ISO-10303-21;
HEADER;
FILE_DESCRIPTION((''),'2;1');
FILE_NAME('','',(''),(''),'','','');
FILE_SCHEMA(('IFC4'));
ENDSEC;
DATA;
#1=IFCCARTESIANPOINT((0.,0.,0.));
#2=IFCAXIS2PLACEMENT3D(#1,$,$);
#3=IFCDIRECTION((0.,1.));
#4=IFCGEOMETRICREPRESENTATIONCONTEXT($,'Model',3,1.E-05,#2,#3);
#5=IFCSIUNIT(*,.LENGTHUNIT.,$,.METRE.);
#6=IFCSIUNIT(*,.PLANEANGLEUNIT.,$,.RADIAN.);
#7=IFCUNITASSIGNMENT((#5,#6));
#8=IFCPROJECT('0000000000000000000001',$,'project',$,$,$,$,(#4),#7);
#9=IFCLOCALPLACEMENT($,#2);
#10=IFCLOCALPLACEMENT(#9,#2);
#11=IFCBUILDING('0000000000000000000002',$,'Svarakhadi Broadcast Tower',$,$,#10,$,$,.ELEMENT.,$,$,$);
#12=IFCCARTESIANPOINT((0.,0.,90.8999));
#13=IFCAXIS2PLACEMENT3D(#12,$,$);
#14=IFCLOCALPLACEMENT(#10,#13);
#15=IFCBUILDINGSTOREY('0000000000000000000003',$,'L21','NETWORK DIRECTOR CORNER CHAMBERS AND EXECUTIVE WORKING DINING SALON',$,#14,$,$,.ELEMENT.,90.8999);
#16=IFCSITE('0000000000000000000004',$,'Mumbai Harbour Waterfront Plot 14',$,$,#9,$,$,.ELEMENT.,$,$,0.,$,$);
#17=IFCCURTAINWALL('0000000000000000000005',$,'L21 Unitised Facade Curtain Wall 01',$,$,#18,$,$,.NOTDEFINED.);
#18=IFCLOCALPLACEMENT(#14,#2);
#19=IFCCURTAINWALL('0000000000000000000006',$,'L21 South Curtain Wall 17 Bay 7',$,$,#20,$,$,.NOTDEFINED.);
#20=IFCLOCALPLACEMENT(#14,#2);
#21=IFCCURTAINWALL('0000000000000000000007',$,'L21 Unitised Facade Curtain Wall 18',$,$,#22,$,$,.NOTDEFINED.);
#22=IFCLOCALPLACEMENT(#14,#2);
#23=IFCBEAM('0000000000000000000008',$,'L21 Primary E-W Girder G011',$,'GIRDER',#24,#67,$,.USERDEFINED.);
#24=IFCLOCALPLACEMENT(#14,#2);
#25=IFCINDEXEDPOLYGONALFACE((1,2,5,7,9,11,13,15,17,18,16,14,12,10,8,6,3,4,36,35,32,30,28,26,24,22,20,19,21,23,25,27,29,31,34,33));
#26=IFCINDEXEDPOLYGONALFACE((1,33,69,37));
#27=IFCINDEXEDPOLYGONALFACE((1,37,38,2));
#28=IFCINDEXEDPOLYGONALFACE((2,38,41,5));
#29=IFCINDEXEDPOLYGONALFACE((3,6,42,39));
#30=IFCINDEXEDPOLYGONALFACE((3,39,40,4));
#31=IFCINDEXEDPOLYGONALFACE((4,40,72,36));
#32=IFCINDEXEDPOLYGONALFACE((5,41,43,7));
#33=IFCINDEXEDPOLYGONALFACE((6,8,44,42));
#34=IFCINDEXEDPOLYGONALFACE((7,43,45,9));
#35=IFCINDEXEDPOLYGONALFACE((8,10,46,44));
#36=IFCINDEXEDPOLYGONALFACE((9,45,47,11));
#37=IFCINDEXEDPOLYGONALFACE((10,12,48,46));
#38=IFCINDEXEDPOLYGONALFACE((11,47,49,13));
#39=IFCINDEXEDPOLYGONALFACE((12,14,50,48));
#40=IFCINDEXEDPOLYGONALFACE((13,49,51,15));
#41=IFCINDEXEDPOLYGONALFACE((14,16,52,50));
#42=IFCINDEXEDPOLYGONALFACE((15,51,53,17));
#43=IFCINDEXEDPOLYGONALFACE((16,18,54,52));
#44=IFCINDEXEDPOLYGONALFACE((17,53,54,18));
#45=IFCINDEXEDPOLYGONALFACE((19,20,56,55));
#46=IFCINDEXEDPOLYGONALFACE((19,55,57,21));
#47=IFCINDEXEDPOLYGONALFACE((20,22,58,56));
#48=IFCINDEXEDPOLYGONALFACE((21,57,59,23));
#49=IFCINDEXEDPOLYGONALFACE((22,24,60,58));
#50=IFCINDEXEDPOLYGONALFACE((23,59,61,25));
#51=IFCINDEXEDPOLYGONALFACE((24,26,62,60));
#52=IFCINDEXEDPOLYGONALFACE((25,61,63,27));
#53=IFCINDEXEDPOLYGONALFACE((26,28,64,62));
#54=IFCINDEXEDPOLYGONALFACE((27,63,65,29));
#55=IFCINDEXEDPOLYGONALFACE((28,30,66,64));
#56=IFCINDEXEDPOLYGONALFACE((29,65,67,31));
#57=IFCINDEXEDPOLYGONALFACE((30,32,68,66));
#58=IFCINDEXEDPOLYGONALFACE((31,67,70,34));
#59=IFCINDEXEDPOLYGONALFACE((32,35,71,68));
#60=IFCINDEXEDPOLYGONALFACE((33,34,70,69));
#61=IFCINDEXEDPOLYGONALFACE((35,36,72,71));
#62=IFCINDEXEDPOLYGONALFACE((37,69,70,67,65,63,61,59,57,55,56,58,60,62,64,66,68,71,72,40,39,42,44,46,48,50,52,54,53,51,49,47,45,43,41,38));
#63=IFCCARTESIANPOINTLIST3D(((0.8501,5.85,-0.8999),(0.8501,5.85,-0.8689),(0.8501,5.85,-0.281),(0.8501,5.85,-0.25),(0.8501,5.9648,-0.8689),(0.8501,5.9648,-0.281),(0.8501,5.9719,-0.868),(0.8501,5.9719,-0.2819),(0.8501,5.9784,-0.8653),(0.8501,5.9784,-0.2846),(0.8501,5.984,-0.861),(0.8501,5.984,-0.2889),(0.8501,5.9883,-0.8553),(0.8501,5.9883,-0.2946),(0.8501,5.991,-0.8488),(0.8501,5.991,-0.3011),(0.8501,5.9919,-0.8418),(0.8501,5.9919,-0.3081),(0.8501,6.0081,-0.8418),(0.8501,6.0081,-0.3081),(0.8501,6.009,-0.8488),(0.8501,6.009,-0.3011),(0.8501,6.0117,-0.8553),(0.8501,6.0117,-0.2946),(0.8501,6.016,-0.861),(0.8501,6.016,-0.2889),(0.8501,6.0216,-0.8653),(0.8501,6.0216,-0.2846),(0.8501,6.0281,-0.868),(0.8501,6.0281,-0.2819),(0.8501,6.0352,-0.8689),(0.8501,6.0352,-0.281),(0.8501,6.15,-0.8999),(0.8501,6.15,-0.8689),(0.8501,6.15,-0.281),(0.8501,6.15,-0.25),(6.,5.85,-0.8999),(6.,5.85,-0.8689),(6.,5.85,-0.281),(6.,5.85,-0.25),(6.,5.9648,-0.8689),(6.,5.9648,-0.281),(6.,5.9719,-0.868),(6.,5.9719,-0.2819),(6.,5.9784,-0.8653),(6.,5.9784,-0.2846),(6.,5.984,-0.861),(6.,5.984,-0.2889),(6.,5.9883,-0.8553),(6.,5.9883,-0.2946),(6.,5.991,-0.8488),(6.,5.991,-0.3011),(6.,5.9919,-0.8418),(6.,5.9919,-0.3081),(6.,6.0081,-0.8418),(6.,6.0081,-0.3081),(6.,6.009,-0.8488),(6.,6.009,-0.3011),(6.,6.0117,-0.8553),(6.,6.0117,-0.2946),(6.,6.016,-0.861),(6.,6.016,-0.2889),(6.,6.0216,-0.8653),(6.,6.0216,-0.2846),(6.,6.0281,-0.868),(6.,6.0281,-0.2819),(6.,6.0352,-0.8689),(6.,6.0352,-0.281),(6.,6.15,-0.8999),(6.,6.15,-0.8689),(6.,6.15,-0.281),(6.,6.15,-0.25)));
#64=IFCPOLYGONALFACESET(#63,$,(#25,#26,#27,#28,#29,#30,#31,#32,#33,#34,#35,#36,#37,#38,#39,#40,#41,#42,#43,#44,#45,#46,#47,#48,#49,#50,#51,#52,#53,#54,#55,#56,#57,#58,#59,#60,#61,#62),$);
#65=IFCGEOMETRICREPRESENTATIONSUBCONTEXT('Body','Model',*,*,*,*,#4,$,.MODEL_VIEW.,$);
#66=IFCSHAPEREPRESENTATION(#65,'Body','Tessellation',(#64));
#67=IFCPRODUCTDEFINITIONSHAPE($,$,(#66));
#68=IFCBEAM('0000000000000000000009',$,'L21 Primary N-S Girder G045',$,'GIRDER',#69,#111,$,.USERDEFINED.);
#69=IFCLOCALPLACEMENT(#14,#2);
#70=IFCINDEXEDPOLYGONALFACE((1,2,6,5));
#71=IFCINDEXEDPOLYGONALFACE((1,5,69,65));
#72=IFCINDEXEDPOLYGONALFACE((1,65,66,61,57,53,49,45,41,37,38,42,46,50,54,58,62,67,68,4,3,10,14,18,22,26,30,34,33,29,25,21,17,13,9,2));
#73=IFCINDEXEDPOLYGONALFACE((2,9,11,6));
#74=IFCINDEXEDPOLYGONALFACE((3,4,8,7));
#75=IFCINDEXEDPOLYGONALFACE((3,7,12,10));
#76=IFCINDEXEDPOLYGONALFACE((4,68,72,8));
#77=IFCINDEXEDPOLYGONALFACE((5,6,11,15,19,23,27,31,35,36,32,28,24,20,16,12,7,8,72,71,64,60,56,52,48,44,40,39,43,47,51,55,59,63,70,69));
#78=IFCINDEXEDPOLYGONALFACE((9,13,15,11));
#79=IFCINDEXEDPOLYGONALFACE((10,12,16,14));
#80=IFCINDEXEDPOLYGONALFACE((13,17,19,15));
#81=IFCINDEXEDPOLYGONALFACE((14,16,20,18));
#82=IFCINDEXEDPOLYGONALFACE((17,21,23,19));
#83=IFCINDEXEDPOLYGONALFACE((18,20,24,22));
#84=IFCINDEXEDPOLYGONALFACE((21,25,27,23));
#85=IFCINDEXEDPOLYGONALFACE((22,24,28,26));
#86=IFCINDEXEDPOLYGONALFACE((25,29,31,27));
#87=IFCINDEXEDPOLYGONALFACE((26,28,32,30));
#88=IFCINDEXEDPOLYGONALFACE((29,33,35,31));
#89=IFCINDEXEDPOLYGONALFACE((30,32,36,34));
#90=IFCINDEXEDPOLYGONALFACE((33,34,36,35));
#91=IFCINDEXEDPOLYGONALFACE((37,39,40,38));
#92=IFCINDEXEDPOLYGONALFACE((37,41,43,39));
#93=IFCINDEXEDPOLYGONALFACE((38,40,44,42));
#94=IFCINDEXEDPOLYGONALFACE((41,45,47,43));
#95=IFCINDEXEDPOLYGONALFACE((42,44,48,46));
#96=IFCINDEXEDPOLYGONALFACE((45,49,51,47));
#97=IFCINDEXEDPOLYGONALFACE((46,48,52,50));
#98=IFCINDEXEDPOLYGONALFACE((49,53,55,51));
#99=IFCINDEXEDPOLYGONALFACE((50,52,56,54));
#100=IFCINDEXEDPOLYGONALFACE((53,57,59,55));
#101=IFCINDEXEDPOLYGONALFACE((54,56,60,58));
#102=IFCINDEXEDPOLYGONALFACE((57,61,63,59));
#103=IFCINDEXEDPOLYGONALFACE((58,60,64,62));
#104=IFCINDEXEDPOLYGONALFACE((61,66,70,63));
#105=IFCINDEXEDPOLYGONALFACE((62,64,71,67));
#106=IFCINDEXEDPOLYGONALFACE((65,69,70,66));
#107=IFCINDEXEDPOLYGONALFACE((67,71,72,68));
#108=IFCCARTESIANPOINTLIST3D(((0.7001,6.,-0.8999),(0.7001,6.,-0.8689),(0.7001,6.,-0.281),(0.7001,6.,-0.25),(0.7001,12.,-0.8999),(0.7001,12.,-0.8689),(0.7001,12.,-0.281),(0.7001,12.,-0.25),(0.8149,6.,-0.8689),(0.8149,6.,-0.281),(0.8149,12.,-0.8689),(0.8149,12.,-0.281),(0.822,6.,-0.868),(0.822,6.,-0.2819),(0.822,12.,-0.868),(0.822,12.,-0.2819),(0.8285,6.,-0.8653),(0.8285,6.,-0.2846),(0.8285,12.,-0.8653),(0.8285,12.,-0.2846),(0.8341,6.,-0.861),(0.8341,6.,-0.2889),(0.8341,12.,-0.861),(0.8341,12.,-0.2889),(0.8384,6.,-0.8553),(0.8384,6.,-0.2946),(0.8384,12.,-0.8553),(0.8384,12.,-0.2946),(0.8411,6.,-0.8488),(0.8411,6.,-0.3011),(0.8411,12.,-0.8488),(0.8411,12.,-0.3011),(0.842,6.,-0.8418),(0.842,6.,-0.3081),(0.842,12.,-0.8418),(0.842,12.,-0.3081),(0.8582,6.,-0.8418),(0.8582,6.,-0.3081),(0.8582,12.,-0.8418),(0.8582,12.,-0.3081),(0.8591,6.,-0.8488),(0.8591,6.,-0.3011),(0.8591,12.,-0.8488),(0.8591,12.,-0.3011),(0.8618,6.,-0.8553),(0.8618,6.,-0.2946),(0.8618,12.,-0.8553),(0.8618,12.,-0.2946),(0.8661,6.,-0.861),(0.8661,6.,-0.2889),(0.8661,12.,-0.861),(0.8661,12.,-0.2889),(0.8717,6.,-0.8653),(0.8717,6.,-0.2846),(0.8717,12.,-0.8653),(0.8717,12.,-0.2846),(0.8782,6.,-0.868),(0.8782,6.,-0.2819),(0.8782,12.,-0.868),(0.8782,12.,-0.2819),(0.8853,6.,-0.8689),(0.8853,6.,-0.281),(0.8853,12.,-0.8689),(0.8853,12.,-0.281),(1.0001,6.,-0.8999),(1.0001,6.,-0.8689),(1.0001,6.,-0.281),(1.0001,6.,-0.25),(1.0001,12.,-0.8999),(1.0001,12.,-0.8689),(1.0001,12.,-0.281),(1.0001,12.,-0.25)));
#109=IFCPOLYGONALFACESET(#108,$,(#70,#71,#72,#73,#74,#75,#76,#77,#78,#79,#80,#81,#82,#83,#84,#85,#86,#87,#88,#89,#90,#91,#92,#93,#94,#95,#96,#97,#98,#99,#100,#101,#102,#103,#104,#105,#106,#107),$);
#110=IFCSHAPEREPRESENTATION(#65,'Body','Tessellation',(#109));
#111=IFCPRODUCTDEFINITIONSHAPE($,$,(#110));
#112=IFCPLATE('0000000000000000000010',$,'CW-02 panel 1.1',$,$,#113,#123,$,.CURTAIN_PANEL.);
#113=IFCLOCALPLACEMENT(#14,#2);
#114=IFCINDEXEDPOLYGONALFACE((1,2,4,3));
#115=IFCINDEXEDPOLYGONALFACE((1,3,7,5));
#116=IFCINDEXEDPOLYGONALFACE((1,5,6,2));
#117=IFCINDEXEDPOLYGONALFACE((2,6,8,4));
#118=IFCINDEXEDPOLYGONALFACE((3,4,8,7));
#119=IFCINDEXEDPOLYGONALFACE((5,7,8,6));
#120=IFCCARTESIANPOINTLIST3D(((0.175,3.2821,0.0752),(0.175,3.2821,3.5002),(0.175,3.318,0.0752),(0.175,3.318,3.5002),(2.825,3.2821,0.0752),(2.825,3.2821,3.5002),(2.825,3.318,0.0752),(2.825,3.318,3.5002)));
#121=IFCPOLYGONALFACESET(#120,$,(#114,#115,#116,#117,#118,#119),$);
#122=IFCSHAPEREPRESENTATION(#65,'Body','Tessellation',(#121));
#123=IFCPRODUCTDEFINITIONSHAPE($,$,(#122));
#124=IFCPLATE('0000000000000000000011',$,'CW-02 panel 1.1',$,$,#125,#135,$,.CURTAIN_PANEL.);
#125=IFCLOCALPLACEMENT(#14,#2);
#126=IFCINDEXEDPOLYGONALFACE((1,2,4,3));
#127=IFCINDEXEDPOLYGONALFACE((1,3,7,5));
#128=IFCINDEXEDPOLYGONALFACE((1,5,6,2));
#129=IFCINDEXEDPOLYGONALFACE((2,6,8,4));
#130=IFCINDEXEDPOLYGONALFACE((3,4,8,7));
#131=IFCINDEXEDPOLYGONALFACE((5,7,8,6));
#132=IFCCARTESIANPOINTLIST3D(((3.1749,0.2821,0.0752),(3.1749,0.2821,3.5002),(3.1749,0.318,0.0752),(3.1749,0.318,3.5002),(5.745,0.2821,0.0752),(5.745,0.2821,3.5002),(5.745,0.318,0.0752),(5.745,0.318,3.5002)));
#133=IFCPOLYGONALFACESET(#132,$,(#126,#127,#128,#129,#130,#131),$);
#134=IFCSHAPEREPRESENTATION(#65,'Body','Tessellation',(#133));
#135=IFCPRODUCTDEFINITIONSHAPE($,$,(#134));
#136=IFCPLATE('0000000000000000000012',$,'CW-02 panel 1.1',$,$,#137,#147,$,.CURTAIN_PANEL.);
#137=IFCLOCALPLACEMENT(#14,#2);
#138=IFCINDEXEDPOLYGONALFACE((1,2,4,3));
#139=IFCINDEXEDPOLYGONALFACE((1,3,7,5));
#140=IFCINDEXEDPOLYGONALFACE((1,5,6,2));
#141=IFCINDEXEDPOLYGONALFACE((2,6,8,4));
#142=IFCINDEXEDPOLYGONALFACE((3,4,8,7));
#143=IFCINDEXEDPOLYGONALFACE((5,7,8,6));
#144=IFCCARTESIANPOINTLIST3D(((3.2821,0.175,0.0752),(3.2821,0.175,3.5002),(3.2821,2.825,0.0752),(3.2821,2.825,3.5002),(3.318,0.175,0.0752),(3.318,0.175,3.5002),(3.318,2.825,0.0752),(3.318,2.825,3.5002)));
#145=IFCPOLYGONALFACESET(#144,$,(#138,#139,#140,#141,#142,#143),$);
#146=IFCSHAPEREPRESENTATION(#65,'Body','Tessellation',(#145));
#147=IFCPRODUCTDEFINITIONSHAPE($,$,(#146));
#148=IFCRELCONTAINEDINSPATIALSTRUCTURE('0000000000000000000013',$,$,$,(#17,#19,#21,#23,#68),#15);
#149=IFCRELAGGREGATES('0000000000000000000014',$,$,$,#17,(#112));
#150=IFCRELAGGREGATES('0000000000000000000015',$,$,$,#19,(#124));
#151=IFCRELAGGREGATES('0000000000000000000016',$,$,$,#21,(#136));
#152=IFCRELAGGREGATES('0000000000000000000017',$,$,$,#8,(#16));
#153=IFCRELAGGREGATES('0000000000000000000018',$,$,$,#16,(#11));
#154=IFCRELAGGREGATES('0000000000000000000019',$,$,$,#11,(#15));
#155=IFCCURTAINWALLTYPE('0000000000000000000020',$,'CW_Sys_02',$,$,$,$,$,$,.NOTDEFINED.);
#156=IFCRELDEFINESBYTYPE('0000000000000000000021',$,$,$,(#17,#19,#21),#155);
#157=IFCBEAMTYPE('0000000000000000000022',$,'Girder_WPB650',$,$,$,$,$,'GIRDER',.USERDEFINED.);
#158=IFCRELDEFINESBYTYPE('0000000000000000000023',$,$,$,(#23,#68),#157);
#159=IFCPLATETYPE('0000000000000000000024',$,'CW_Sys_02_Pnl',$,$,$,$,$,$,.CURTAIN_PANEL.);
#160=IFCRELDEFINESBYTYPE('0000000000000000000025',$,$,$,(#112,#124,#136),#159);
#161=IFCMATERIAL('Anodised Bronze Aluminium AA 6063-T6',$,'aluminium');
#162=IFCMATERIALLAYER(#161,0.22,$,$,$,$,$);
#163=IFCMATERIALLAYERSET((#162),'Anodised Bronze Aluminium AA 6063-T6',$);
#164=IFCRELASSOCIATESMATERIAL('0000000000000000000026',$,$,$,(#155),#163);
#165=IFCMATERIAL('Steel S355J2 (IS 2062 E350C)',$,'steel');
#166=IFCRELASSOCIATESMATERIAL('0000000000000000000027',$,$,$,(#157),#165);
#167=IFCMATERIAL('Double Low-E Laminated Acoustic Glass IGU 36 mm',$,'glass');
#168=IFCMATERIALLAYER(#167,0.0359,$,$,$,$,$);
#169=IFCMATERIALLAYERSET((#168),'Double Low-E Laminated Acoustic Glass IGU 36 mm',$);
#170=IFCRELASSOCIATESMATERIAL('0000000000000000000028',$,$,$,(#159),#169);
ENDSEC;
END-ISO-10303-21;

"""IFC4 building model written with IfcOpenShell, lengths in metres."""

from ifc_helpers import new_model, si_unit, direction, frame, origin, origin_2d, place, context, subcontext, project, spatial, rectangle, i_section, extrude, material, layer, layer_set, material_profile, profile_set, type_object, element, aggregate, save


model = new_model("IFC4")

# Units and contexts
model_context = context("Model", 3, precision=1e-05, world=origin(), true_north=direction((0.0, 1.0)))
body_context = subcontext(model_context, "Body", "Model", "MODEL_VIEW")
ifc_project = project(units=[si_unit("LENGTHUNIT", "METRE"), si_unit("PLANEANGLEUNIT", "RADIAN")], contexts=[model_context])

# Site, building, storey
site_placement = place(None, origin())
site = spatial("IfcSite", under=ifc_project, at=site_placement, Name="Mumbai Harbour Waterfront Plot 14", CompositionType="ELEMENT", RefElevation=0.0)
building_placement = place(site_placement, origin())
building = spatial("IfcBuilding", under=site, at=building_placement, Name="Svarakhadi Broadcast Tower", CompositionType="ELEMENT")
storey_placement = place(building_placement, frame((0.0, 0.0, 90.8999)))
storey = spatial("IfcBuildingStorey", under=building, at=storey_placement, Name="L21", Description="NETWORK DIRECTOR CORNER CHAMBERS AND EXECUTIVE WORKING DINING SALON", CompositionType="ELEMENT", Elevation=90.8999)

# Curtain wall
ifc_material_1 = material(Name="Anodised Bronze Aluminium AA 6063-T6", Category="aluminium")
ifc_layer_1 = layer(ifc_material_1, 0.22)
ifc_layer_set_1 = layer_set([ifc_layer_1], Name="Anodised Bronze Aluminium AA 6063-T6")
curtain_wall_type = type_object("IfcCurtainWallType", Name="CW_Sys_02", PredefinedType="NOTDEFINED", material=ifc_layer_set_1)
curtain_wall_1_placement = place(storey_placement, origin())
curtain_wall_1 = element("IfcCurtainWall", 1, at=curtain_wall_1_placement, inside=storey, type_object=curtain_wall_type, Name="L21 Unitised Facade Curtain Wall 01", PredefinedType="NOTDEFINED")

# Curtain walls
curtain_wall_2_placement = place(storey_placement, origin())
curtain_wall_2 = element("IfcCurtainWall", 2, at=curtain_wall_2_placement, inside=storey, type_object=curtain_wall_type, Name="L21 South Curtain Wall 17 Bay 7", PredefinedType="NOTDEFINED")
curtain_wall_3_placement = place(storey_placement, origin())
curtain_wall_3 = element("IfcCurtainWall", 3, at=curtain_wall_3_placement, inside=storey, type_object=curtain_wall_type, Name="L21 Unitised Facade Curtain Wall 18", PredefinedType="NOTDEFINED")

# Beams
ifc_material_2 = material(Name="Steel S355J2 (IS 2062 E350C)", Category="steel")
ifc_material_profile_1 = material_profile(ifc_material_2, i_section(OverallWidth=0.3, OverallDepth=0.6499, WebThickness=0.0161, FlangeThickness=0.031, FilletRadius=0.0271, at=origin_2d()), Name="WPB 650x300x225")
ifc_profile_set_1 = profile_set([ifc_material_profile_1], Name="Steel S355J2 (IS 2062 E350C)")
beam_type = type_object("IfcBeamType", Name="Girder_WPB650", ElementType="GIRDER", PredefinedType="USERDEFINED", material=ifc_profile_set_1)
beam_1_placement = place(storey_placement, frame((0.8501, 6.0, -0.575), z_axis=(1.0, 0.0, 0.0), x_axis=(0.0, 1.0, 0.0)))
element("IfcBeam", 4, at=beam_1_placement, inside=storey, type_object=beam_type, Name="L21 Primary E-W Girder G011", ObjectType="GIRDER", PredefinedType="USERDEFINED", context=body_context, shape_type="SweptSolid", body=[
    extrude(i_section(OverallWidth=0.3, OverallDepth=0.6499, WebThickness=0.0161, FlangeThickness=0.031, FilletRadius=0.0271, at=origin_2d()), origin(), (0.0, 0.0, 1.0), 5.1499),
])
beam_2_placement = place(storey_placement, frame((0.8501, 6.0, -0.575), z_axis=(0.0, 1.0, 0.0), x_axis=(-1.0, 0.0, 0.0)))
element("IfcBeam", 5, at=beam_2_placement, inside=storey, type_object=beam_type, Name="L21 Primary N-S Girder G045", ObjectType="GIRDER", PredefinedType="USERDEFINED", context=body_context, shape_type="SweptSolid", body=[
    extrude(i_section(OverallWidth=0.3, OverallDepth=0.6499, WebThickness=0.0161, FlangeThickness=0.031, FilletRadius=0.0271, at=origin_2d()), origin(), (0.0, 0.0, 1.0), 6.0),
])

# Plates
ifc_material_3 = material(Name="Double Low-E Laminated Acoustic Glass IGU 36 mm", Category="glass")
ifc_layer_2 = layer(ifc_material_3, 0.0359)
ifc_layer_set_2 = layer_set([ifc_layer_2], Name="Double Low-E Laminated Acoustic Glass IGU 36 mm")
plate_type = type_object("IfcPlateType", Name="CW_Sys_02_Pnl", PredefinedType="CURTAIN_PANEL", material=ifc_layer_set_2)
plate_1_placement = place(storey_placement, frame((1.5, 3.3, 0.0752), z_axis=(0.0, 0.0, 1.0), x_axis=(-1.0, 0.0, 0.0)))
plate_1 = element("IfcPlate", 6, at=plate_1_placement, type_object=plate_type, Name="CW-02 panel 1.1", PredefinedType="CURTAIN_PANEL", context=body_context, shape_type="SweptSolid", body=[
    extrude(rectangle(XDim=2.6499, YDim=0.0359, at=origin_2d()), origin(), (0.0, 0.0, 1.0), 3.425),
])
aggregate(curtain_wall_1, [plate_1])
plate_2_placement = place(storey_placement, frame((4.46, 0.3, 0.0752), z_axis=(0.0, 0.0, 1.0), x_axis=(-1.0, 0.0, 0.0)))
plate_2 = element("IfcPlate", 7, at=plate_2_placement, type_object=plate_type, Name="CW-02 panel 1.1", PredefinedType="CURTAIN_PANEL", context=body_context, shape_type="SweptSolid", body=[
    extrude(rectangle(XDim=2.5701, YDim=0.0359, at=origin_2d()), origin(), (0.0, 0.0, 1.0), 3.425),
])
aggregate(curtain_wall_2, [plate_2])
plate_3_placement = place(storey_placement, frame((3.3, 1.5, 0.0752), z_axis=(0.0, 0.0, 1.0), x_axis=(0.0, 1.0, 0.0)))
plate_3 = element("IfcPlate", 8, at=plate_3_placement, type_object=plate_type, Name="CW-02 panel 1.1", PredefinedType="CURTAIN_PANEL", context=body_context, shape_type="SweptSolid", body=[
    extrude(rectangle(XDim=2.6499, YDim=0.0359, at=origin_2d()), origin(), (0.0, 0.0, 1.0), 3.425),
])
aggregate(curtain_wall_3, [plate_3])

save(model, "model.ifc")
